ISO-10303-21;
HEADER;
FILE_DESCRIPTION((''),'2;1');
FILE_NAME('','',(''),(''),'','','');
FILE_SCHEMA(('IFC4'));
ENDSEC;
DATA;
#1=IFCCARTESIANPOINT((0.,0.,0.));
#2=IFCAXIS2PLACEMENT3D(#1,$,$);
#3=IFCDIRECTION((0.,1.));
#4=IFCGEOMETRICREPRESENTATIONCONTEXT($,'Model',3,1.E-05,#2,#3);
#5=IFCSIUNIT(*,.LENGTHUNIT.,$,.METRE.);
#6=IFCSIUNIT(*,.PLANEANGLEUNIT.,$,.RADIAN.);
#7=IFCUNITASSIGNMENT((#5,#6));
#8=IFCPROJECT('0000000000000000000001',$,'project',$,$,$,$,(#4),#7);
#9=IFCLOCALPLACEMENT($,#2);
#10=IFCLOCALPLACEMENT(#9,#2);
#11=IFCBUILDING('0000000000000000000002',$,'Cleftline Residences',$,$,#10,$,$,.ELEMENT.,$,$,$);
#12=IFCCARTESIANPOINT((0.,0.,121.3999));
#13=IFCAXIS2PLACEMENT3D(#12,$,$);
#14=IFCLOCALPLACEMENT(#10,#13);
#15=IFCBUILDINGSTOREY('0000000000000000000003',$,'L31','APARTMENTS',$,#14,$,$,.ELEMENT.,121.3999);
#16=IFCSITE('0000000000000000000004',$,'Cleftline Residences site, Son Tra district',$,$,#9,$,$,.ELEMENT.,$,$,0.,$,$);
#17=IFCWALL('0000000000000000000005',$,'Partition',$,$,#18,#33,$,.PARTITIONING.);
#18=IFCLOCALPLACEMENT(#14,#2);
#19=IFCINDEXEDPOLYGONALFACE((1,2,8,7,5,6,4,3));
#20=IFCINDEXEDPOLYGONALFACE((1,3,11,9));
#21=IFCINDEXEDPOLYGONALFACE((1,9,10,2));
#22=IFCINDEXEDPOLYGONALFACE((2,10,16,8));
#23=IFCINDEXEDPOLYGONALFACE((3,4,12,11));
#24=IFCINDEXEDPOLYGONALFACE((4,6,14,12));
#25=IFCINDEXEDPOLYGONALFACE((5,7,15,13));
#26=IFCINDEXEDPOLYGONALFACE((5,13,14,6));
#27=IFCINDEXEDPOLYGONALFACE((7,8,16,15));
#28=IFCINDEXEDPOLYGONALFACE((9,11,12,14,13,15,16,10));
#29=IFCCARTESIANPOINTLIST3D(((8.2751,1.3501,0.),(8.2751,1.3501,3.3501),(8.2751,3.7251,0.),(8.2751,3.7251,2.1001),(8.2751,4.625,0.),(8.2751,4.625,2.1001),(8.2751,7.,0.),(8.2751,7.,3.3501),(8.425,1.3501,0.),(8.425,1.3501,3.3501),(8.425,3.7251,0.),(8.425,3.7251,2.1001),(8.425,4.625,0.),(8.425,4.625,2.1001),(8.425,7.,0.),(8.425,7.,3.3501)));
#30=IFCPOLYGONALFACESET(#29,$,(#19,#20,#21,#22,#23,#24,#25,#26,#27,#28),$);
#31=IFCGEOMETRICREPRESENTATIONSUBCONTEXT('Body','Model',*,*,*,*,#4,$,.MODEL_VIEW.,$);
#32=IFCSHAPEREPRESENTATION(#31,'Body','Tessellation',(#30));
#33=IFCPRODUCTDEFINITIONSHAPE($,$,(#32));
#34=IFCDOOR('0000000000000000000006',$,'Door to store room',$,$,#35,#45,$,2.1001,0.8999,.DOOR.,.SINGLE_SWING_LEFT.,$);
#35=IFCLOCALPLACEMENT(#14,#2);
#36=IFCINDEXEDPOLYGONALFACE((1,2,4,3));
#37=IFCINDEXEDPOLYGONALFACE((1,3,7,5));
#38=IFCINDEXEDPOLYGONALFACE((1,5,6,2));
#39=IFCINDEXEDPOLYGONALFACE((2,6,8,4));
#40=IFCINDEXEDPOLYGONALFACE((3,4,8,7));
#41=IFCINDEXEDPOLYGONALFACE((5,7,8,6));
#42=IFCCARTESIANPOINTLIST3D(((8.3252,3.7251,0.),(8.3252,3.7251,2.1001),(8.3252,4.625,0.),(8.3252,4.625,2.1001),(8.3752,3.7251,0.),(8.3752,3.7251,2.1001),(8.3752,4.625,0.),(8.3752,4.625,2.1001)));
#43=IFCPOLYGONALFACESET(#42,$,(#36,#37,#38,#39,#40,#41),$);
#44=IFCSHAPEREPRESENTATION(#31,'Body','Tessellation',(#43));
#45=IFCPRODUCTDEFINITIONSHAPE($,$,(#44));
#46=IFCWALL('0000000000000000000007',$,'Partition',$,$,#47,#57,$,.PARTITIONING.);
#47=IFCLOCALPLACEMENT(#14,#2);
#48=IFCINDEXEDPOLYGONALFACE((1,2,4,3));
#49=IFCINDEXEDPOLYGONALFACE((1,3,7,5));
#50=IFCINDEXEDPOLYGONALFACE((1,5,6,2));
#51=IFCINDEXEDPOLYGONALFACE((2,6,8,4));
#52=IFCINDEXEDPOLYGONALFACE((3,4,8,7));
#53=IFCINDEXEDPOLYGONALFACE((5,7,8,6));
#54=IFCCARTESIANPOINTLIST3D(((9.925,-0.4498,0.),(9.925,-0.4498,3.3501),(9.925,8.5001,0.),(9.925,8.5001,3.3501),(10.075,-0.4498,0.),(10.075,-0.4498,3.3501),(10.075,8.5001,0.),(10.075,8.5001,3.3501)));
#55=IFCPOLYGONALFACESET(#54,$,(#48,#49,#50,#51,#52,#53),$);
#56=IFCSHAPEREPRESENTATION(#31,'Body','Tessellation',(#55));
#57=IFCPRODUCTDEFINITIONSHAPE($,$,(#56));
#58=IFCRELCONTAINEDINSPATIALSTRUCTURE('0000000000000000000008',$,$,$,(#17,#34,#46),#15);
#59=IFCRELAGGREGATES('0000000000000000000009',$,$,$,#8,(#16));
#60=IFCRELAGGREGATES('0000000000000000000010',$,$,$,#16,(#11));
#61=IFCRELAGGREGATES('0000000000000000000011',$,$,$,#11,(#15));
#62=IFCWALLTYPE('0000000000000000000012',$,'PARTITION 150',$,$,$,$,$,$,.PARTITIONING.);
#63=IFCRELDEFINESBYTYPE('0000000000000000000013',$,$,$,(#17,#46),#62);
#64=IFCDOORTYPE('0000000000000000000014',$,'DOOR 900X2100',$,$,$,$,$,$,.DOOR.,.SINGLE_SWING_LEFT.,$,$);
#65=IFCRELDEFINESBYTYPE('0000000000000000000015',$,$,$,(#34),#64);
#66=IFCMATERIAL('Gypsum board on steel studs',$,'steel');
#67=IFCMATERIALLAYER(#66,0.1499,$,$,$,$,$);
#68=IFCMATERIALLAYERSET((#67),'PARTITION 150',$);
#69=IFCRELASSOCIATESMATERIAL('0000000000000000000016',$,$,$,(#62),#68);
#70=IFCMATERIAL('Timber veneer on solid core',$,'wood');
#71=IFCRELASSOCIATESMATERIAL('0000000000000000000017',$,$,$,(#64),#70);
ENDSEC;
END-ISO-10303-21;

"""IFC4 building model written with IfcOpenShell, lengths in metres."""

from ifc_helpers import new_model, si_unit, direction, frame, frame_2d, origin, place, context, subcontext, project, spatial, rectangle, extrude, material, layer, layer_set, type_object, element, fill, save


model = new_model("IFC4")

# Units and contexts
model_context = context("Model", 3, precision=1e-05, world=origin(), true_north=direction((0.0, 1.0)))
body_context = subcontext(model_context, "Body", "Model", "MODEL_VIEW")
ifc_project = project(units=[si_unit("LENGTHUNIT", "METRE"), si_unit("PLANEANGLEUNIT", "RADIAN")], contexts=[model_context])

# Site, building, storey
site_placement = place(None, origin())
site = spatial("IfcSite", under=ifc_project, at=site_placement, Name="Cleftline Residences site, Son Tra district", CompositionType="ELEMENT", RefElevation=0.0)
building_placement = place(site_placement, origin())
building = spatial("IfcBuilding", under=site, at=building_placement, Name="Cleftline Residences", CompositionType="ELEMENT")
storey_placement = place(building_placement, frame((0.0, 0.0, 121.3999)))
storey = spatial("IfcBuildingStorey", under=building, at=storey_placement, Name="L31", Description="APARTMENTS", CompositionType="ELEMENT", Elevation=121.3999)

# Wall, opening, door
ifc_material_1 = material(Name="Gypsum board on steel studs", Category="steel")
ifc_layer_1 = layer(ifc_material_1, 0.1499)
ifc_layer_set_1 = layer_set([ifc_layer_1], Name="PARTITION 150")
wall_type_1 = type_object("IfcWallType", Name="PARTITION 150", PredefinedType="PARTITIONING", material=ifc_layer_set_1)
wall_1_placement = place(storey_placement, frame((8.3501, 1.3501, 0.0), z_axis=(0.0, 0.0, 1.0), x_axis=(0.0, 1.0, 0.0)))
wall_1 = element("IfcWall", 1, at=wall_1_placement, inside=storey, type_object=wall_type_1, Name="Partition", PredefinedType="PARTITIONING", context=body_context, shape_type="SweptSolid", body=[
    extrude(rectangle(XDim=5.6499, YDim=0.1499, at=frame_2d((2.825, 0.0))), origin(), (0.0, 0.0, 1.0), 3.3501),
])
opening_1_placement = place(wall_1_placement, frame((2.375, 0.0, 0.0)))
opening_1 = element("IfcOpeningElement", 2, at=opening_1_placement, cuts=wall_1, PredefinedType="OPENING", context=body_context, shape_type="SweptSolid", body=[
    extrude(rectangle(XDim=0.8999, YDim=2.1001, at=frame_2d((0.45, 1.05))), frame((0.0, 0.085, 0.0), z_axis=(0.0, -1.0, 0.0), x_axis=(1.0, 0.0, 0.0)), (0.0, 0.0, 1.0), 0.1699),
])
ifc_material_2 = material(Name="Timber veneer on solid core", Category="wood")
door_type = type_object("IfcDoorType", Name="DOOR 900X2100", OperationType="SINGLE_SWING_LEFT", PredefinedType="DOOR", material=ifc_material_2)
door_placement = place(opening_1_placement, origin())
door = element("IfcDoor", 3, at=door_placement, inside=storey, type_object=door_type, Name="Door to store room", OperationType="SINGLE_SWING_LEFT", OverallHeight=2.1001, OverallWidth=0.8999, PredefinedType="DOOR", context=body_context, shape_type="SweptSolid", body=[
    extrude(rectangle(XDim=0.8999, YDim=2.1001, at=frame_2d((0.45, 1.05))), frame((0.0, 0.0249, 0.0), z_axis=(0.0, -1.0, 0.0), x_axis=(1.0, 0.0, 0.0)), (0.0, 0.0, 1.0), 0.05),
])
fill(opening_1, door)

# Wall
wall_2_placement = place(storey_placement, frame((10.0, -0.45, 0.0), z_axis=(0.0, 0.0, 1.0), x_axis=(0.0, 1.0, 0.0)))
element("IfcWall", 4, at=wall_2_placement, inside=storey, type_object=wall_type_1, Name="Partition", PredefinedType="PARTITIONING", context=body_context, shape_type="SweptSolid", body=[
    extrude(rectangle(XDim=8.95, YDim=0.1499, at=frame_2d((4.4751, 0.0))), origin(), (0.0, 0.0, 1.0), 3.3501),
])

save(model, "model.ifc")
